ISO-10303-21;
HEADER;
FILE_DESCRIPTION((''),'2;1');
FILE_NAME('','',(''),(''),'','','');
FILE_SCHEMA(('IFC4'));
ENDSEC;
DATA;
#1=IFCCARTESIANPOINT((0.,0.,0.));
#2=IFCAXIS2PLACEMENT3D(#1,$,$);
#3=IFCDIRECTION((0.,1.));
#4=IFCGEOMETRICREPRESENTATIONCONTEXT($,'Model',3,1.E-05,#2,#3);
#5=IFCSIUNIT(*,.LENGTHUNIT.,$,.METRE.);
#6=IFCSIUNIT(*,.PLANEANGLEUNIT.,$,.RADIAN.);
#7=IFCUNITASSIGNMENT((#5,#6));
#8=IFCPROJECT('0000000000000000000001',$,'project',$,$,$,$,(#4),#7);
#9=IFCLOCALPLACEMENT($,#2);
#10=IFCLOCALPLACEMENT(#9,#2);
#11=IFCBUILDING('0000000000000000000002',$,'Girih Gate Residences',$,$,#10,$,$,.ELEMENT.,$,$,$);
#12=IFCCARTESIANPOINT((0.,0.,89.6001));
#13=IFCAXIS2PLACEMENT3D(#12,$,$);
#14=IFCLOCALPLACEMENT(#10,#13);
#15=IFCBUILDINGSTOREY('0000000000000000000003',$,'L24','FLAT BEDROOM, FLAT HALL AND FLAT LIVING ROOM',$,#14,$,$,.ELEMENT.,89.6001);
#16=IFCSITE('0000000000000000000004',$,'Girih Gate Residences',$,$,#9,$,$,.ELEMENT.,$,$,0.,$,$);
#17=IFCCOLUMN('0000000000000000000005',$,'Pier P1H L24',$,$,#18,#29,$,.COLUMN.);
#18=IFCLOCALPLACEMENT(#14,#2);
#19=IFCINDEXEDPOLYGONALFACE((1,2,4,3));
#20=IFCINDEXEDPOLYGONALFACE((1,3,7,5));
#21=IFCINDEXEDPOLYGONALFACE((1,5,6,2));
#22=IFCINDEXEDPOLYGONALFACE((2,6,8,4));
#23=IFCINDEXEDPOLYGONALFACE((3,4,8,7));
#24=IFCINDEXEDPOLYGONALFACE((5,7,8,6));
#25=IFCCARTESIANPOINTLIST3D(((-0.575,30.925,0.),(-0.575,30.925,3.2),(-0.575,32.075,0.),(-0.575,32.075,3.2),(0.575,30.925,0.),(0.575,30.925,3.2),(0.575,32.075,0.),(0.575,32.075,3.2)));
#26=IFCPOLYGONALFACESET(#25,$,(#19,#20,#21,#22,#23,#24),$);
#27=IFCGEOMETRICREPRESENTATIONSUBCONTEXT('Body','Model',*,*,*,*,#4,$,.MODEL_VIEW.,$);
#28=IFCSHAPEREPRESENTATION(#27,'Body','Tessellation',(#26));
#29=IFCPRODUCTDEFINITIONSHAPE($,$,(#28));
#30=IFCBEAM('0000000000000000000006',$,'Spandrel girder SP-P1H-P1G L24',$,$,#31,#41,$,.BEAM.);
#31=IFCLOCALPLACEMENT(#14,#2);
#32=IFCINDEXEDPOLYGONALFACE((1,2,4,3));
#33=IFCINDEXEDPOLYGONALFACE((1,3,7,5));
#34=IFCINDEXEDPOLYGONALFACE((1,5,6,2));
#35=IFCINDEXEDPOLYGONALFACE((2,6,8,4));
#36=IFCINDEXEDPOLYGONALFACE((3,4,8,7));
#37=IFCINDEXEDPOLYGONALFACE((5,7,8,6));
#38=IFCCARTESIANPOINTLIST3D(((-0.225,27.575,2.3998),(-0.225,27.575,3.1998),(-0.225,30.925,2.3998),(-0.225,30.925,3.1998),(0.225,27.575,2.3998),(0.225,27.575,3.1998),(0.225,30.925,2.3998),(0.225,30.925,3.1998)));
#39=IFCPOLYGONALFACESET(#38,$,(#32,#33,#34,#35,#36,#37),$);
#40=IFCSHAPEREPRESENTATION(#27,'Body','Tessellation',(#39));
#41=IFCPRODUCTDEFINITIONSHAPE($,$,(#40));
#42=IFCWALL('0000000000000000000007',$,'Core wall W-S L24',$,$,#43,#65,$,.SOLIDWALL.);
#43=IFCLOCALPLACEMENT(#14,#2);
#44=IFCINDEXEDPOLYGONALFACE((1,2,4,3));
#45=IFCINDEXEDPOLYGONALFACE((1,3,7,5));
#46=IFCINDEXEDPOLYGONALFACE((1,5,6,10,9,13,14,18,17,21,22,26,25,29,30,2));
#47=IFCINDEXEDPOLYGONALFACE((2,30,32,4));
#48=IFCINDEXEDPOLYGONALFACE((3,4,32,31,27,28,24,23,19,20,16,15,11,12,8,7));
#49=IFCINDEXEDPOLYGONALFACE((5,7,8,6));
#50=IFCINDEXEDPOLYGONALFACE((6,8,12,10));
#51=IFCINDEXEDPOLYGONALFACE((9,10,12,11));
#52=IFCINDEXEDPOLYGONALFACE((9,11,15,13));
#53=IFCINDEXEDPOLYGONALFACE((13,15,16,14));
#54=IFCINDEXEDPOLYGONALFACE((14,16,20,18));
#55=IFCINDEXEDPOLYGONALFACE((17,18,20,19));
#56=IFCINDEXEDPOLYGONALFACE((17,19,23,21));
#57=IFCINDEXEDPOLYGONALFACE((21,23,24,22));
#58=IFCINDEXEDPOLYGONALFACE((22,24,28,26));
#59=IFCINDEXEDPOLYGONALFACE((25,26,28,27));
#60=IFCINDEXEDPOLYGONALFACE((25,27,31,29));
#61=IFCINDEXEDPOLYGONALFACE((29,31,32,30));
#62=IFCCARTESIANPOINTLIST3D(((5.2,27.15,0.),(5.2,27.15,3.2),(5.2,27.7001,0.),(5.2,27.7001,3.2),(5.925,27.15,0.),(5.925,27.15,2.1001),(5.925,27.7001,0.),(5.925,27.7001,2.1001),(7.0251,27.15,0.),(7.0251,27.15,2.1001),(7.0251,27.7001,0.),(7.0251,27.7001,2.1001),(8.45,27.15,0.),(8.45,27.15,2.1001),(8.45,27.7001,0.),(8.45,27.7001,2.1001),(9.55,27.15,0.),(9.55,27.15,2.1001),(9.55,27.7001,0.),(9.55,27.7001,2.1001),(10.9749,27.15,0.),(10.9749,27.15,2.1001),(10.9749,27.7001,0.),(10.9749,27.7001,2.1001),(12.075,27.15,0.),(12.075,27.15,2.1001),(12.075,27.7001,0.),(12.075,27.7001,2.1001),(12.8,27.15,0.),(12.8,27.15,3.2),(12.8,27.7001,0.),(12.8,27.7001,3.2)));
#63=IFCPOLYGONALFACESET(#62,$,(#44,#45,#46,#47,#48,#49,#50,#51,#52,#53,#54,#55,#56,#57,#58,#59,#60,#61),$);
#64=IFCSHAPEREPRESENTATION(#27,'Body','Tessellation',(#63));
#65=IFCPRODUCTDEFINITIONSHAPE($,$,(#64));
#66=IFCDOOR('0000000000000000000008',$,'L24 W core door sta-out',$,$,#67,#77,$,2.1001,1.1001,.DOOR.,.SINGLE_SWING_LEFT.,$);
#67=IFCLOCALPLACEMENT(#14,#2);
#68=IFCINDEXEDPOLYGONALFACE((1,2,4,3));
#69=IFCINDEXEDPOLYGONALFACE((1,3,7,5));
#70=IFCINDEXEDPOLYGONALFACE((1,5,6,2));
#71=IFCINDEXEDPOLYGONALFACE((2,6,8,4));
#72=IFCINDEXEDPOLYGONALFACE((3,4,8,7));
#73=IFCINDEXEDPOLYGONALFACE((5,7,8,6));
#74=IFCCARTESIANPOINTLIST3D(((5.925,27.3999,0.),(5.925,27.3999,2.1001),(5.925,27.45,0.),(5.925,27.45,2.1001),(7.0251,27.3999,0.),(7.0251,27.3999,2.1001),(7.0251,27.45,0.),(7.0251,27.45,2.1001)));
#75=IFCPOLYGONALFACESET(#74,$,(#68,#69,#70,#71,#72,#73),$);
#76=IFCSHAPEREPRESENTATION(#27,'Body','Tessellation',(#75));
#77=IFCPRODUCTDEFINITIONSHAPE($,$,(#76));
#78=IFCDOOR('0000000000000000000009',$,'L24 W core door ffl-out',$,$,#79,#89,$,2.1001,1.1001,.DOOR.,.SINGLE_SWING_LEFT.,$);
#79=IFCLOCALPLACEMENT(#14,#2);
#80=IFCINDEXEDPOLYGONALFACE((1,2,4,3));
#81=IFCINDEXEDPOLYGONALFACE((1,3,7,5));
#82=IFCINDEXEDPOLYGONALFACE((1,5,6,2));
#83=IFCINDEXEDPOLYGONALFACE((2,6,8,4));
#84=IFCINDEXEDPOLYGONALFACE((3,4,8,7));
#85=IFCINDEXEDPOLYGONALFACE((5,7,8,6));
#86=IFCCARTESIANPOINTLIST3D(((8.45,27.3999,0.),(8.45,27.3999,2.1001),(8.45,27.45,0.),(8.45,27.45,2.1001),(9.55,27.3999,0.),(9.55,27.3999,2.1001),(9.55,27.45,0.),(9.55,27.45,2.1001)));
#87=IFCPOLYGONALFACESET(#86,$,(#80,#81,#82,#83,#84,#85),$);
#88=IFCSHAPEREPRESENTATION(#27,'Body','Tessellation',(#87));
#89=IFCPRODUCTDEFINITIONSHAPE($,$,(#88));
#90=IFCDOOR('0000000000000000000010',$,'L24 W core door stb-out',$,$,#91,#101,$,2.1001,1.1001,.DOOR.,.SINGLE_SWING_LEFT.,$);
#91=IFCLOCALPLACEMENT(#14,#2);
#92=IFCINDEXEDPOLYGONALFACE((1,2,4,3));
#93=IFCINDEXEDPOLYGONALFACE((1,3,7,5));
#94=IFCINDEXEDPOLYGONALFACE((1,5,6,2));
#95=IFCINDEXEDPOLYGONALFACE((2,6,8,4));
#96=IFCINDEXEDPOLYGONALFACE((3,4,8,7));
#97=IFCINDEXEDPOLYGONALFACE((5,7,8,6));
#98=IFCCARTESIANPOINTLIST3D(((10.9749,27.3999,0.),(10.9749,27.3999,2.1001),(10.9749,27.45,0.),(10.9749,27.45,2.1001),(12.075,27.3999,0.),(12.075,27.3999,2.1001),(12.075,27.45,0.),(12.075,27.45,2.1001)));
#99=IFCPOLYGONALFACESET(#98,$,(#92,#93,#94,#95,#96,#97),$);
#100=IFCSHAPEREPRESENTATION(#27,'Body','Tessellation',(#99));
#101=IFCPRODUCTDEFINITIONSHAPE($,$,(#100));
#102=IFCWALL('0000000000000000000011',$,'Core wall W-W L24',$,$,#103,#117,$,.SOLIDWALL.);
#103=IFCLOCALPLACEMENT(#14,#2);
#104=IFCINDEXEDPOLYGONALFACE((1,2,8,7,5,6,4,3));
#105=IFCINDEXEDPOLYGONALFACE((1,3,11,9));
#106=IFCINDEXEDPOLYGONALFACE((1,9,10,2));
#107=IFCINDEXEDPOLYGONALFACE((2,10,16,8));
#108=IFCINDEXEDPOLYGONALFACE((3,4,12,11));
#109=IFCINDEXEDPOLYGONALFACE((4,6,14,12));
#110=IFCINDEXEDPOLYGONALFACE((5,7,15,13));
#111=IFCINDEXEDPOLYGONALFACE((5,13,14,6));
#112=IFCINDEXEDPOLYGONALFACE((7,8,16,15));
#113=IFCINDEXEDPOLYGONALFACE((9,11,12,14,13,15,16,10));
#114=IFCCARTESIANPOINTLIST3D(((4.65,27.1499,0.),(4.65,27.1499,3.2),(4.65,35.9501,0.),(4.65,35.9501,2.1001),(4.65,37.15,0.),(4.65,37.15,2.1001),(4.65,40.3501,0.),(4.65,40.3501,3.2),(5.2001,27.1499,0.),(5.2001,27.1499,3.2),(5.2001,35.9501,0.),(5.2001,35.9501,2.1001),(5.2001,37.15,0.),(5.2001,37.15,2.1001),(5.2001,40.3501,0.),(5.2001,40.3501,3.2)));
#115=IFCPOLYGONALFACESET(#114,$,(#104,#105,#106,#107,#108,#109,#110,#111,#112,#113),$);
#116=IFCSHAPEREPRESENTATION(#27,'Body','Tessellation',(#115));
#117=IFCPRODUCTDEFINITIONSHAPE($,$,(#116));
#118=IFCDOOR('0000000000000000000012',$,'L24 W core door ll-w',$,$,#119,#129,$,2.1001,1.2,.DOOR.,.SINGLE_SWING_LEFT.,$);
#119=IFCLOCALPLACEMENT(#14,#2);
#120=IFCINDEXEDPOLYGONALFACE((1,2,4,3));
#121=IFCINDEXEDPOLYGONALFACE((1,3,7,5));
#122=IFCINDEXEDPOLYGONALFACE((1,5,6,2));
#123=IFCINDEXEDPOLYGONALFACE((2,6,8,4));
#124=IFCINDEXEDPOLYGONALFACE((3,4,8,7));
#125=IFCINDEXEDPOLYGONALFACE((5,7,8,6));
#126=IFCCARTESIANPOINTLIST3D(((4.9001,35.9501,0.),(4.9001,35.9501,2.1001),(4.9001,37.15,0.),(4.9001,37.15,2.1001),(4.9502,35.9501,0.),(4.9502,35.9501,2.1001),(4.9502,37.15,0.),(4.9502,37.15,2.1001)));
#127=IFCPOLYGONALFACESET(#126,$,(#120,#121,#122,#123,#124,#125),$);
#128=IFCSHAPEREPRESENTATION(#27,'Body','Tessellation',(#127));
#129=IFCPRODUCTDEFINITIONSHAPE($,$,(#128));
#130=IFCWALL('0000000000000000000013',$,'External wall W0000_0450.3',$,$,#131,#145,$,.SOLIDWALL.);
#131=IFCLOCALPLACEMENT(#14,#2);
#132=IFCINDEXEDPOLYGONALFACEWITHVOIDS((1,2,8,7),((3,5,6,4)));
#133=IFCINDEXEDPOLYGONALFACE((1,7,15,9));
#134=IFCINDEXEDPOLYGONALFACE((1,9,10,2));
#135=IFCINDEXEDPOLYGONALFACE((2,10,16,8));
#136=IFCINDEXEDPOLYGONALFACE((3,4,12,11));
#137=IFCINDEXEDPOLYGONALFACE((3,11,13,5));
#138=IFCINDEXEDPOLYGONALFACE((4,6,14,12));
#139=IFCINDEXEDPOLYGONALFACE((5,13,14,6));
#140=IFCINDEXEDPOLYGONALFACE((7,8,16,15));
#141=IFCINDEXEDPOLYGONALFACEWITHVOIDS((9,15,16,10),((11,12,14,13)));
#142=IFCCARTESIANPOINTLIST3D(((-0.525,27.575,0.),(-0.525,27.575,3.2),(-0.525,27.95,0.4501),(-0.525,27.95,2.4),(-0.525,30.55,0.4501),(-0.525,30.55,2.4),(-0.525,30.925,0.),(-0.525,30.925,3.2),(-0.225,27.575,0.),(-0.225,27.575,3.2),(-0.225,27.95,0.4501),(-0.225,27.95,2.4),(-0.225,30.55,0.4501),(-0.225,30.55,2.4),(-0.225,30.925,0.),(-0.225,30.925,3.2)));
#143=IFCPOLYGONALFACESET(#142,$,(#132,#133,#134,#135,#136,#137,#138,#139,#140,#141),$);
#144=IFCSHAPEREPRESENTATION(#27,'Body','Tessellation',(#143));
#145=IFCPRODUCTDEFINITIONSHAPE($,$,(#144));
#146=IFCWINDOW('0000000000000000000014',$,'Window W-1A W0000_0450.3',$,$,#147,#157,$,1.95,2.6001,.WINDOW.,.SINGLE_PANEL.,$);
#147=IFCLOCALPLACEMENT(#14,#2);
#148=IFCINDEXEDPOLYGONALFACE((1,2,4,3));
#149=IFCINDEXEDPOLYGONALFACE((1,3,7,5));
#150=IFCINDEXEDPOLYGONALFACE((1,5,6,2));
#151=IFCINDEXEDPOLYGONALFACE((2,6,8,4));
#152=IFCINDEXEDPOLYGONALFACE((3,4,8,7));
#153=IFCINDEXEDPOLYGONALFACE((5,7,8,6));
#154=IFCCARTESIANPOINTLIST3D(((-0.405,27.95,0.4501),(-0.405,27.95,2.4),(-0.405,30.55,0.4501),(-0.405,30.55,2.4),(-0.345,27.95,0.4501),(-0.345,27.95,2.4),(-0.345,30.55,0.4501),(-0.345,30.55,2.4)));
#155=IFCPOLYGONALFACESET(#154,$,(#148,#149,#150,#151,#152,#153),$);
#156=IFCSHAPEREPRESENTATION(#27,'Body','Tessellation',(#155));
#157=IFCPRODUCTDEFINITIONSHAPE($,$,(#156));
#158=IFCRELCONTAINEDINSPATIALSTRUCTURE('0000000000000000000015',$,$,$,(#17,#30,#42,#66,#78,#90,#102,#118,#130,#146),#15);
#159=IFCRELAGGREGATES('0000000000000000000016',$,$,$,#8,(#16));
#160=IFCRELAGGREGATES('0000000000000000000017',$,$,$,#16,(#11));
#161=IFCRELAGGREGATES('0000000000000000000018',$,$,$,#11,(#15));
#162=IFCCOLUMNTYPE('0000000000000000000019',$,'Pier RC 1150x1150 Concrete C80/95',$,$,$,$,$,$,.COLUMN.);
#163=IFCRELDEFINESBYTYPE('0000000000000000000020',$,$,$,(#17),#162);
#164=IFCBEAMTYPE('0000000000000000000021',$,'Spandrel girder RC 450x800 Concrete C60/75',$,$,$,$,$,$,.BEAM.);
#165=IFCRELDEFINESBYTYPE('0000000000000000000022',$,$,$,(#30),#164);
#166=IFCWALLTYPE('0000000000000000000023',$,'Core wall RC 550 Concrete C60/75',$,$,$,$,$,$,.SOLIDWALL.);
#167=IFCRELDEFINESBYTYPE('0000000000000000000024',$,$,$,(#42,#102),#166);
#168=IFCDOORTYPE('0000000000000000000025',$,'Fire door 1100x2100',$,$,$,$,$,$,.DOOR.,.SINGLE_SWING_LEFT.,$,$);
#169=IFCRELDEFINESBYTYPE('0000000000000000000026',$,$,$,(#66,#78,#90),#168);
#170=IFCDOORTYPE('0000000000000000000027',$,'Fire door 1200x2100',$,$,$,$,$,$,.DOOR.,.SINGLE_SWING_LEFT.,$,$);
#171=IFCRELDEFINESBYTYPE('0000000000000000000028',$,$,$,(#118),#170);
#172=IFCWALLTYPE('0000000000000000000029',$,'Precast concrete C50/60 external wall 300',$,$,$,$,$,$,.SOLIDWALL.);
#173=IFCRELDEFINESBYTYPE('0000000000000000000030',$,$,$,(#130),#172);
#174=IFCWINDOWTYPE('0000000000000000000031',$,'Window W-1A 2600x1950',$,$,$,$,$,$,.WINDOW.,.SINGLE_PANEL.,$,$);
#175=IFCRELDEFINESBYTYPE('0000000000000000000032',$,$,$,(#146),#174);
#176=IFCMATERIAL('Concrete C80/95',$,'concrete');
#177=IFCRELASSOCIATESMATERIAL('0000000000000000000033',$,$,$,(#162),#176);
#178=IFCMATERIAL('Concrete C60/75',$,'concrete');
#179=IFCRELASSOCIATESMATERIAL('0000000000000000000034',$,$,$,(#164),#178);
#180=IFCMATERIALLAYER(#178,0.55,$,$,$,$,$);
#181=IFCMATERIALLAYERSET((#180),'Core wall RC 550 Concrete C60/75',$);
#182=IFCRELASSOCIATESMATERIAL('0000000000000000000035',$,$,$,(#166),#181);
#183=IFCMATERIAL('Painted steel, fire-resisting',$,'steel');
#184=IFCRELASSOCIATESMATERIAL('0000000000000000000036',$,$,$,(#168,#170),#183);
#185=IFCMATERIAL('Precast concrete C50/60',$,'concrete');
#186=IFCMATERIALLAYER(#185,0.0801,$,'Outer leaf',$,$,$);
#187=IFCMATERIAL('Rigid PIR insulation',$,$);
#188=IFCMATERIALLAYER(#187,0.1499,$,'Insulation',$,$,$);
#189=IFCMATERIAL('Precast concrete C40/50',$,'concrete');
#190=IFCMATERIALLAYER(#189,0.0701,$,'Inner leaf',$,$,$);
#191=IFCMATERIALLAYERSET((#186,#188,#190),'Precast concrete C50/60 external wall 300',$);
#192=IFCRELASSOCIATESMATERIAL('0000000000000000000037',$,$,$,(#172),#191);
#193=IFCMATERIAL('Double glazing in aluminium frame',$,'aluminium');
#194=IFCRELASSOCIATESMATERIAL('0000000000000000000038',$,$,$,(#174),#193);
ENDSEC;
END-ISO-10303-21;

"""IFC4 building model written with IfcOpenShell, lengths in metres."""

from ifc_helpers import new_model, si_unit, direction, frame, frame_2d, origin, origin_2d, place, context, subcontext, project, spatial, rectangle, extrude, material, layer, layer_set, material_profile, profile_set, type_object, element, fill, save


model = new_model("IFC4")

# Units and contexts
model_context = context("Model", 3, precision=1e-05, world=origin(), true_north=direction((0.0, 1.0)))
body_context = subcontext(model_context, "Body", "Model", "MODEL_VIEW")
ifc_project = project(units=[si_unit("LENGTHUNIT", "METRE"), si_unit("PLANEANGLEUNIT", "RADIAN")], contexts=[model_context])

# Site, building, storey
site_placement = place(None, origin())
site = spatial("IfcSite", under=ifc_project, at=site_placement, Name="Girih Gate Residences", CompositionType="ELEMENT", RefElevation=0.0)
building_placement = place(site_placement, origin())
building = spatial("IfcBuilding", under=site, at=building_placement, Name="Girih Gate Residences", CompositionType="ELEMENT")
storey_placement = place(building_placement, frame((0.0, 0.0, 89.6001)))
storey = spatial("IfcBuildingStorey", under=building, at=storey_placement, Name="L24", Description="FLAT BEDROOM, FLAT HALL AND FLAT LIVING ROOM", CompositionType="ELEMENT", Elevation=89.6001)

# Column
ifc_material_1 = material(Name="Concrete C80/95", Category="concrete")
ifc_material_profile_1 = material_profile(ifc_material_1, rectangle(XDim=1.1499, YDim=1.1499, at=origin_2d()))
ifc_profile_set_1 = profile_set([ifc_material_profile_1], Name="Concrete C80/95")
column_type = type_object("IfcColumnType", Name="Pier RC 1150x1150 Concrete C80/95", PredefinedType="COLUMN", material=ifc_profile_set_1)
column_placement = place(storey_placement, frame((0.0, 31.5, 0.0), z_axis=(0.0, 0.0, 1.0), x_axis=(1.0, 0.0, 0.0)))
element("IfcColumn", 1, at=column_placement, inside=storey, type_object=column_type, Name="Pier P1H L24", PredefinedType="COLUMN", context=body_context, shape_type="SweptSolid", body=[
    extrude(rectangle(XDim=1.1499, YDim=1.1499, at=origin_2d()), origin(), (0.0, 0.0, 1.0), 3.2),
])

# Beam
ifc_material_2 = material(Name="Concrete C60/75", Category="concrete")
ifc_material_profile_2 = material_profile(ifc_material_2, rectangle(XDim=0.45, YDim=0.8, at=origin_2d()))
ifc_profile_set_2 = profile_set([ifc_material_profile_2], Name="Concrete C60/75")
beam_type = type_object("IfcBeamType", Name="Spandrel girder RC 450x800 Concrete C60/75", PredefinedType="BEAM", material=ifc_profile_set_2)
beam_placement = place(storey_placement, frame((0.0, 30.925, 2.7998), z_axis=(0.0, -1.0, 0.0), x_axis=(1.0, 0.0, 0.0)))
element("IfcBeam", 2, at=beam_placement, inside=storey, type_object=beam_type, Name="Spandrel girder SP-P1H-P1G L24", PredefinedType="BEAM", context=body_context, shape_type="SweptSolid", body=[
    extrude(rectangle(XDim=0.45, YDim=0.8, at=origin_2d()), origin(), (0.0, 0.0, 1.0), 3.3501),
])

# Wall, openings, doors
ifc_layer_1 = layer(ifc_material_2, 0.55)
ifc_layer_set_1 = layer_set([ifc_layer_1], Name="Core wall RC 550 Concrete C60/75")
wall_type_1 = type_object("IfcWallType", Name="Core wall RC 550 Concrete C60/75", PredefinedType="SOLIDWALL", material=ifc_layer_set_1)
wall_1_placement = place(storey_placement, frame((5.2, 27.425, 0.0), z_axis=(0.0, 0.0, 1.0), x_axis=(1.0, 0.0, 0.0)))
wall_1 = element("IfcWall", 3, at=wall_1_placement, inside=storey, type_object=wall_type_1, Name="Core wall W-S L24", PredefinedType="SOLIDWALL", context=body_context, shape_type="SweptSolid", body=[
    extrude(rectangle(XDim=7.6001, YDim=0.55, at=frame_2d((3.8, 0.0))), origin(), (0.0, 0.0, 1.0), 3.2),
])
opening_1_placement = place(wall_1_placement, frame((0.7251, 0.0, 0.0)))
opening_1 = element("IfcOpeningElement", 4, at=opening_1_placement, cuts=wall_1, PredefinedType="OPENING", context=body_context, shape_type="SweptSolid", body=[
    extrude(rectangle(XDim=1.1001, YDim=2.1001, at=frame_2d((0.55, 1.05))), frame((0.0, 0.2849, 0.0), z_axis=(0.0, -1.0, 0.0), x_axis=(1.0, 0.0, 0.0)), (0.0, 0.0, 1.0), 0.5701),
])
opening_2_placement = place(wall_1_placement, frame((3.25, 0.0, 0.0)))
opening_2 = element("IfcOpeningElement", 5, at=opening_2_placement, cuts=wall_1, PredefinedType="OPENING", context=body_context, shape_type="SweptSolid", body=[
    extrude(rectangle(XDim=1.1001, YDim=2.1001, at=frame_2d((0.55, 1.05))), frame((0.0, 0.2849, 0.0), z_axis=(0.0, -1.0, 0.0), x_axis=(1.0, 0.0, 0.0)), (0.0, 0.0, 1.0), 0.5701),
])
opening_3_placement = place(wall_1_placement, frame((5.7749, 0.0, 0.0)))
opening_3 = element("IfcOpeningElement", 6, at=opening_3_placement, cuts=wall_1, PredefinedType="OPENING", context=body_context, shape_type="SweptSolid", body=[
    extrude(rectangle(XDim=1.1001, YDim=2.1001, at=frame_2d((0.55, 1.05))), frame((0.0, 0.2849, 0.0), z_axis=(0.0, -1.0, 0.0), x_axis=(1.0, 0.0, 0.0)), (0.0, 0.0, 1.0), 0.5701),
])
ifc_material_3 = material(Name="Painted steel, fire-resisting", Category="steel")
door_type_1 = type_object("IfcDoorType", Name="Fire door 1100x2100", OperationType="SINGLE_SWING_LEFT", PredefinedType="DOOR", material=ifc_material_3)
door_1_placement = place(opening_1_placement, origin())
door_1 = element("IfcDoor", 7, at=door_1_placement, inside=storey, type_object=door_type_1, Name="L24 W core door sta-out", OperationType="SINGLE_SWING_LEFT", OverallHeight=2.1001, OverallWidth=1.1001, PredefinedType="DOOR", context=body_context, shape_type="SweptSolid", body=[
    extrude(rectangle(XDim=1.1001, YDim=2.1001, at=frame_2d((0.55, 1.05))), frame((0.0, 0.0249, 0.0), z_axis=(0.0, -1.0, 0.0), x_axis=(1.0, 0.0, 0.0)), (0.0, 0.0, 1.0), 0.05),
])
fill(opening_1, door_1)
door_2_placement = place(opening_2_placement, origin())
door_2 = element("IfcDoor", 8, at=door_2_placement, inside=storey, type_object=door_type_1, Name="L24 W core door ffl-out", OperationType="SINGLE_SWING_LEFT", OverallHeight=2.1001, OverallWidth=1.1001, PredefinedType="DOOR", context=body_context, shape_type="SweptSolid", body=[
    extrude(rectangle(XDim=1.1001, YDim=2.1001, at=frame_2d((0.55, 1.05))), frame((0.0, 0.0249, 0.0), z_axis=(0.0, -1.0, 0.0), x_axis=(1.0, 0.0, 0.0)), (0.0, 0.0, 1.0), 0.05),
])
fill(opening_2, door_2)
door_3_placement = place(opening_3_placement, origin())
door_3 = element("IfcDoor", 9, at=door_3_placement, inside=storey, type_object=door_type_1, Name="L24 W core door stb-out", OperationType="SINGLE_SWING_LEFT", OverallHeight=2.1001, OverallWidth=1.1001, PredefinedType="DOOR", context=body_context, shape_type="SweptSolid", body=[
    extrude(rectangle(XDim=1.1001, YDim=2.1001, at=frame_2d((0.55, 1.05))), frame((0.0, 0.0249, 0.0), z_axis=(0.0, -1.0, 0.0), x_axis=(1.0, 0.0, 0.0)), (0.0, 0.0, 1.0), 0.05),
])
fill(opening_3, door_3)

# Wall, opening, door
wall_2_placement = place(storey_placement, frame((4.925, 27.1499, 0.0), z_axis=(0.0, 0.0, 1.0), x_axis=(0.0, 1.0, 0.0)))
wall_2 = element("IfcWall", 10, at=wall_2_placement, inside=storey, type_object=wall_type_1, Name="Core wall W-W L24", PredefinedType="SOLIDWALL", context=body_context, shape_type="SweptSolid", body=[
    extrude(rectangle(XDim=13.2002, YDim=0.55, at=frame_2d((6.6001, 0.0))), origin(), (0.0, 0.0, 1.0), 3.2),
])
opening_4_placement = place(wall_2_placement, frame((8.8, 0.0, 0.0)))
opening_4 = element("IfcOpeningElement", 11, at=opening_4_placement, cuts=wall_2, PredefinedType="OPENING", context=body_context, shape_type="SweptSolid", body=[
    extrude(rectangle(XDim=1.2, YDim=2.1001, at=frame_2d((0.6001, 1.05))), frame((0.0, 0.2849, 0.0), z_axis=(0.0, -1.0, 0.0), x_axis=(1.0, 0.0, 0.0)), (0.0, 0.0, 1.0), 0.5701),
])
door_type_2 = type_object("IfcDoorType", Name="Fire door 1200x2100", OperationType="SINGLE_SWING_LEFT", PredefinedType="DOOR", material=ifc_material_3)
door_4_placement = place(opening_4_placement, origin())
door_4 = element("IfcDoor", 12, at=door_4_placement, inside=storey, type_object=door_type_2, Name="L24 W core door ll-w", OperationType="SINGLE_SWING_LEFT", OverallHeight=2.1001, OverallWidth=1.2, PredefinedType="DOOR", context=body_context, shape_type="SweptSolid", body=[
    extrude(rectangle(XDim=1.2, YDim=2.1001, at=frame_2d((0.6001, 1.05))), frame((0.0, 0.0249, 0.0), z_axis=(0.0, -1.0, 0.0), x_axis=(1.0, 0.0, 0.0)), (0.0, 0.0, 1.0), 0.05),
])
fill(opening_4, door_4)

# Wall, opening, window
ifc_material_4 = material(Name="Precast concrete C50/60", Category="concrete")
ifc_layer_2 = layer(ifc_material_4, 0.0801, Name="Outer leaf")
ifc_material_5 = material(Name="Rigid PIR insulation")
ifc_layer_3 = layer(ifc_material_5, 0.1499, Name="Insulation")
ifc_material_6 = material(Name="Precast concrete C40/50", Category="concrete")
ifc_layer_4 = layer(ifc_material_6, 0.0701, Name="Inner leaf")
ifc_layer_set_2 = layer_set([ifc_layer_2, ifc_layer_3, ifc_layer_4], Name="Precast concrete C50/60 external wall 300")
wall_type_2 = type_object("IfcWallType", Name="Precast concrete C50/60 external wall 300", PredefinedType="SOLIDWALL", material=ifc_layer_set_2)
wall_3_placement = place(storey_placement, frame((-0.375, 27.575, 0.0), z_axis=(0.0, 0.0, 1.0), x_axis=(0.0, 1.0, 0.0)))
wall_3 = element("IfcWall", 13, at=wall_3_placement, inside=storey, type_object=wall_type_2, Name="External wall W0000_0450.3", PredefinedType="SOLIDWALL", context=body_context, shape_type="SweptSolid", body=[
    extrude(rectangle(XDim=3.3501, YDim=0.3, at=frame_2d((1.675, 0.0))), origin(), (0.0, 0.0, 1.0), 3.2),
])
opening_5_placement = place(wall_3_placement, frame((0.375, 0.0, 0.45)))
opening_5 = element("IfcOpeningElement", 14, at=opening_5_placement, cuts=wall_3, PredefinedType="OPENING", context=body_context, shape_type="SweptSolid", body=[
    extrude(rectangle(XDim=2.6001, YDim=1.95, at=frame_2d((1.3, 0.9751))), frame((0.0, 0.1599, 0.0), z_axis=(0.0, -1.0, 0.0), x_axis=(1.0, 0.0, 0.0)), (0.0, 0.0, 1.0), 0.3201),
])
ifc_material_7 = material(Name="Double glazing in aluminium frame", Category="aluminium")
window_type = type_object("IfcWindowType", Name="Window W-1A 2600x1950", PartitioningType="SINGLE_PANEL", PredefinedType="WINDOW", material=ifc_material_7)
window_placement = place(opening_5_placement, origin())
window = element("IfcWindow", 15, at=window_placement, inside=storey, type_object=window_type, Name="Window W-1A W0000_0450.3", OverallHeight=1.95, OverallWidth=2.6001, PartitioningType="SINGLE_PANEL", PredefinedType="WINDOW", context=body_context, shape_type="SweptSolid", body=[
    extrude(rectangle(XDim=2.6001, YDim=1.95, at=frame_2d((1.3, 0.9751))), frame((0.0, 0.03, 0.0), z_axis=(0.0, -1.0, 0.0), x_axis=(1.0, 0.0, 0.0)), (0.0, 0.0, 1.0), 0.0601),
])
fill(opening_5, window)

save(model, "model.ifc")
